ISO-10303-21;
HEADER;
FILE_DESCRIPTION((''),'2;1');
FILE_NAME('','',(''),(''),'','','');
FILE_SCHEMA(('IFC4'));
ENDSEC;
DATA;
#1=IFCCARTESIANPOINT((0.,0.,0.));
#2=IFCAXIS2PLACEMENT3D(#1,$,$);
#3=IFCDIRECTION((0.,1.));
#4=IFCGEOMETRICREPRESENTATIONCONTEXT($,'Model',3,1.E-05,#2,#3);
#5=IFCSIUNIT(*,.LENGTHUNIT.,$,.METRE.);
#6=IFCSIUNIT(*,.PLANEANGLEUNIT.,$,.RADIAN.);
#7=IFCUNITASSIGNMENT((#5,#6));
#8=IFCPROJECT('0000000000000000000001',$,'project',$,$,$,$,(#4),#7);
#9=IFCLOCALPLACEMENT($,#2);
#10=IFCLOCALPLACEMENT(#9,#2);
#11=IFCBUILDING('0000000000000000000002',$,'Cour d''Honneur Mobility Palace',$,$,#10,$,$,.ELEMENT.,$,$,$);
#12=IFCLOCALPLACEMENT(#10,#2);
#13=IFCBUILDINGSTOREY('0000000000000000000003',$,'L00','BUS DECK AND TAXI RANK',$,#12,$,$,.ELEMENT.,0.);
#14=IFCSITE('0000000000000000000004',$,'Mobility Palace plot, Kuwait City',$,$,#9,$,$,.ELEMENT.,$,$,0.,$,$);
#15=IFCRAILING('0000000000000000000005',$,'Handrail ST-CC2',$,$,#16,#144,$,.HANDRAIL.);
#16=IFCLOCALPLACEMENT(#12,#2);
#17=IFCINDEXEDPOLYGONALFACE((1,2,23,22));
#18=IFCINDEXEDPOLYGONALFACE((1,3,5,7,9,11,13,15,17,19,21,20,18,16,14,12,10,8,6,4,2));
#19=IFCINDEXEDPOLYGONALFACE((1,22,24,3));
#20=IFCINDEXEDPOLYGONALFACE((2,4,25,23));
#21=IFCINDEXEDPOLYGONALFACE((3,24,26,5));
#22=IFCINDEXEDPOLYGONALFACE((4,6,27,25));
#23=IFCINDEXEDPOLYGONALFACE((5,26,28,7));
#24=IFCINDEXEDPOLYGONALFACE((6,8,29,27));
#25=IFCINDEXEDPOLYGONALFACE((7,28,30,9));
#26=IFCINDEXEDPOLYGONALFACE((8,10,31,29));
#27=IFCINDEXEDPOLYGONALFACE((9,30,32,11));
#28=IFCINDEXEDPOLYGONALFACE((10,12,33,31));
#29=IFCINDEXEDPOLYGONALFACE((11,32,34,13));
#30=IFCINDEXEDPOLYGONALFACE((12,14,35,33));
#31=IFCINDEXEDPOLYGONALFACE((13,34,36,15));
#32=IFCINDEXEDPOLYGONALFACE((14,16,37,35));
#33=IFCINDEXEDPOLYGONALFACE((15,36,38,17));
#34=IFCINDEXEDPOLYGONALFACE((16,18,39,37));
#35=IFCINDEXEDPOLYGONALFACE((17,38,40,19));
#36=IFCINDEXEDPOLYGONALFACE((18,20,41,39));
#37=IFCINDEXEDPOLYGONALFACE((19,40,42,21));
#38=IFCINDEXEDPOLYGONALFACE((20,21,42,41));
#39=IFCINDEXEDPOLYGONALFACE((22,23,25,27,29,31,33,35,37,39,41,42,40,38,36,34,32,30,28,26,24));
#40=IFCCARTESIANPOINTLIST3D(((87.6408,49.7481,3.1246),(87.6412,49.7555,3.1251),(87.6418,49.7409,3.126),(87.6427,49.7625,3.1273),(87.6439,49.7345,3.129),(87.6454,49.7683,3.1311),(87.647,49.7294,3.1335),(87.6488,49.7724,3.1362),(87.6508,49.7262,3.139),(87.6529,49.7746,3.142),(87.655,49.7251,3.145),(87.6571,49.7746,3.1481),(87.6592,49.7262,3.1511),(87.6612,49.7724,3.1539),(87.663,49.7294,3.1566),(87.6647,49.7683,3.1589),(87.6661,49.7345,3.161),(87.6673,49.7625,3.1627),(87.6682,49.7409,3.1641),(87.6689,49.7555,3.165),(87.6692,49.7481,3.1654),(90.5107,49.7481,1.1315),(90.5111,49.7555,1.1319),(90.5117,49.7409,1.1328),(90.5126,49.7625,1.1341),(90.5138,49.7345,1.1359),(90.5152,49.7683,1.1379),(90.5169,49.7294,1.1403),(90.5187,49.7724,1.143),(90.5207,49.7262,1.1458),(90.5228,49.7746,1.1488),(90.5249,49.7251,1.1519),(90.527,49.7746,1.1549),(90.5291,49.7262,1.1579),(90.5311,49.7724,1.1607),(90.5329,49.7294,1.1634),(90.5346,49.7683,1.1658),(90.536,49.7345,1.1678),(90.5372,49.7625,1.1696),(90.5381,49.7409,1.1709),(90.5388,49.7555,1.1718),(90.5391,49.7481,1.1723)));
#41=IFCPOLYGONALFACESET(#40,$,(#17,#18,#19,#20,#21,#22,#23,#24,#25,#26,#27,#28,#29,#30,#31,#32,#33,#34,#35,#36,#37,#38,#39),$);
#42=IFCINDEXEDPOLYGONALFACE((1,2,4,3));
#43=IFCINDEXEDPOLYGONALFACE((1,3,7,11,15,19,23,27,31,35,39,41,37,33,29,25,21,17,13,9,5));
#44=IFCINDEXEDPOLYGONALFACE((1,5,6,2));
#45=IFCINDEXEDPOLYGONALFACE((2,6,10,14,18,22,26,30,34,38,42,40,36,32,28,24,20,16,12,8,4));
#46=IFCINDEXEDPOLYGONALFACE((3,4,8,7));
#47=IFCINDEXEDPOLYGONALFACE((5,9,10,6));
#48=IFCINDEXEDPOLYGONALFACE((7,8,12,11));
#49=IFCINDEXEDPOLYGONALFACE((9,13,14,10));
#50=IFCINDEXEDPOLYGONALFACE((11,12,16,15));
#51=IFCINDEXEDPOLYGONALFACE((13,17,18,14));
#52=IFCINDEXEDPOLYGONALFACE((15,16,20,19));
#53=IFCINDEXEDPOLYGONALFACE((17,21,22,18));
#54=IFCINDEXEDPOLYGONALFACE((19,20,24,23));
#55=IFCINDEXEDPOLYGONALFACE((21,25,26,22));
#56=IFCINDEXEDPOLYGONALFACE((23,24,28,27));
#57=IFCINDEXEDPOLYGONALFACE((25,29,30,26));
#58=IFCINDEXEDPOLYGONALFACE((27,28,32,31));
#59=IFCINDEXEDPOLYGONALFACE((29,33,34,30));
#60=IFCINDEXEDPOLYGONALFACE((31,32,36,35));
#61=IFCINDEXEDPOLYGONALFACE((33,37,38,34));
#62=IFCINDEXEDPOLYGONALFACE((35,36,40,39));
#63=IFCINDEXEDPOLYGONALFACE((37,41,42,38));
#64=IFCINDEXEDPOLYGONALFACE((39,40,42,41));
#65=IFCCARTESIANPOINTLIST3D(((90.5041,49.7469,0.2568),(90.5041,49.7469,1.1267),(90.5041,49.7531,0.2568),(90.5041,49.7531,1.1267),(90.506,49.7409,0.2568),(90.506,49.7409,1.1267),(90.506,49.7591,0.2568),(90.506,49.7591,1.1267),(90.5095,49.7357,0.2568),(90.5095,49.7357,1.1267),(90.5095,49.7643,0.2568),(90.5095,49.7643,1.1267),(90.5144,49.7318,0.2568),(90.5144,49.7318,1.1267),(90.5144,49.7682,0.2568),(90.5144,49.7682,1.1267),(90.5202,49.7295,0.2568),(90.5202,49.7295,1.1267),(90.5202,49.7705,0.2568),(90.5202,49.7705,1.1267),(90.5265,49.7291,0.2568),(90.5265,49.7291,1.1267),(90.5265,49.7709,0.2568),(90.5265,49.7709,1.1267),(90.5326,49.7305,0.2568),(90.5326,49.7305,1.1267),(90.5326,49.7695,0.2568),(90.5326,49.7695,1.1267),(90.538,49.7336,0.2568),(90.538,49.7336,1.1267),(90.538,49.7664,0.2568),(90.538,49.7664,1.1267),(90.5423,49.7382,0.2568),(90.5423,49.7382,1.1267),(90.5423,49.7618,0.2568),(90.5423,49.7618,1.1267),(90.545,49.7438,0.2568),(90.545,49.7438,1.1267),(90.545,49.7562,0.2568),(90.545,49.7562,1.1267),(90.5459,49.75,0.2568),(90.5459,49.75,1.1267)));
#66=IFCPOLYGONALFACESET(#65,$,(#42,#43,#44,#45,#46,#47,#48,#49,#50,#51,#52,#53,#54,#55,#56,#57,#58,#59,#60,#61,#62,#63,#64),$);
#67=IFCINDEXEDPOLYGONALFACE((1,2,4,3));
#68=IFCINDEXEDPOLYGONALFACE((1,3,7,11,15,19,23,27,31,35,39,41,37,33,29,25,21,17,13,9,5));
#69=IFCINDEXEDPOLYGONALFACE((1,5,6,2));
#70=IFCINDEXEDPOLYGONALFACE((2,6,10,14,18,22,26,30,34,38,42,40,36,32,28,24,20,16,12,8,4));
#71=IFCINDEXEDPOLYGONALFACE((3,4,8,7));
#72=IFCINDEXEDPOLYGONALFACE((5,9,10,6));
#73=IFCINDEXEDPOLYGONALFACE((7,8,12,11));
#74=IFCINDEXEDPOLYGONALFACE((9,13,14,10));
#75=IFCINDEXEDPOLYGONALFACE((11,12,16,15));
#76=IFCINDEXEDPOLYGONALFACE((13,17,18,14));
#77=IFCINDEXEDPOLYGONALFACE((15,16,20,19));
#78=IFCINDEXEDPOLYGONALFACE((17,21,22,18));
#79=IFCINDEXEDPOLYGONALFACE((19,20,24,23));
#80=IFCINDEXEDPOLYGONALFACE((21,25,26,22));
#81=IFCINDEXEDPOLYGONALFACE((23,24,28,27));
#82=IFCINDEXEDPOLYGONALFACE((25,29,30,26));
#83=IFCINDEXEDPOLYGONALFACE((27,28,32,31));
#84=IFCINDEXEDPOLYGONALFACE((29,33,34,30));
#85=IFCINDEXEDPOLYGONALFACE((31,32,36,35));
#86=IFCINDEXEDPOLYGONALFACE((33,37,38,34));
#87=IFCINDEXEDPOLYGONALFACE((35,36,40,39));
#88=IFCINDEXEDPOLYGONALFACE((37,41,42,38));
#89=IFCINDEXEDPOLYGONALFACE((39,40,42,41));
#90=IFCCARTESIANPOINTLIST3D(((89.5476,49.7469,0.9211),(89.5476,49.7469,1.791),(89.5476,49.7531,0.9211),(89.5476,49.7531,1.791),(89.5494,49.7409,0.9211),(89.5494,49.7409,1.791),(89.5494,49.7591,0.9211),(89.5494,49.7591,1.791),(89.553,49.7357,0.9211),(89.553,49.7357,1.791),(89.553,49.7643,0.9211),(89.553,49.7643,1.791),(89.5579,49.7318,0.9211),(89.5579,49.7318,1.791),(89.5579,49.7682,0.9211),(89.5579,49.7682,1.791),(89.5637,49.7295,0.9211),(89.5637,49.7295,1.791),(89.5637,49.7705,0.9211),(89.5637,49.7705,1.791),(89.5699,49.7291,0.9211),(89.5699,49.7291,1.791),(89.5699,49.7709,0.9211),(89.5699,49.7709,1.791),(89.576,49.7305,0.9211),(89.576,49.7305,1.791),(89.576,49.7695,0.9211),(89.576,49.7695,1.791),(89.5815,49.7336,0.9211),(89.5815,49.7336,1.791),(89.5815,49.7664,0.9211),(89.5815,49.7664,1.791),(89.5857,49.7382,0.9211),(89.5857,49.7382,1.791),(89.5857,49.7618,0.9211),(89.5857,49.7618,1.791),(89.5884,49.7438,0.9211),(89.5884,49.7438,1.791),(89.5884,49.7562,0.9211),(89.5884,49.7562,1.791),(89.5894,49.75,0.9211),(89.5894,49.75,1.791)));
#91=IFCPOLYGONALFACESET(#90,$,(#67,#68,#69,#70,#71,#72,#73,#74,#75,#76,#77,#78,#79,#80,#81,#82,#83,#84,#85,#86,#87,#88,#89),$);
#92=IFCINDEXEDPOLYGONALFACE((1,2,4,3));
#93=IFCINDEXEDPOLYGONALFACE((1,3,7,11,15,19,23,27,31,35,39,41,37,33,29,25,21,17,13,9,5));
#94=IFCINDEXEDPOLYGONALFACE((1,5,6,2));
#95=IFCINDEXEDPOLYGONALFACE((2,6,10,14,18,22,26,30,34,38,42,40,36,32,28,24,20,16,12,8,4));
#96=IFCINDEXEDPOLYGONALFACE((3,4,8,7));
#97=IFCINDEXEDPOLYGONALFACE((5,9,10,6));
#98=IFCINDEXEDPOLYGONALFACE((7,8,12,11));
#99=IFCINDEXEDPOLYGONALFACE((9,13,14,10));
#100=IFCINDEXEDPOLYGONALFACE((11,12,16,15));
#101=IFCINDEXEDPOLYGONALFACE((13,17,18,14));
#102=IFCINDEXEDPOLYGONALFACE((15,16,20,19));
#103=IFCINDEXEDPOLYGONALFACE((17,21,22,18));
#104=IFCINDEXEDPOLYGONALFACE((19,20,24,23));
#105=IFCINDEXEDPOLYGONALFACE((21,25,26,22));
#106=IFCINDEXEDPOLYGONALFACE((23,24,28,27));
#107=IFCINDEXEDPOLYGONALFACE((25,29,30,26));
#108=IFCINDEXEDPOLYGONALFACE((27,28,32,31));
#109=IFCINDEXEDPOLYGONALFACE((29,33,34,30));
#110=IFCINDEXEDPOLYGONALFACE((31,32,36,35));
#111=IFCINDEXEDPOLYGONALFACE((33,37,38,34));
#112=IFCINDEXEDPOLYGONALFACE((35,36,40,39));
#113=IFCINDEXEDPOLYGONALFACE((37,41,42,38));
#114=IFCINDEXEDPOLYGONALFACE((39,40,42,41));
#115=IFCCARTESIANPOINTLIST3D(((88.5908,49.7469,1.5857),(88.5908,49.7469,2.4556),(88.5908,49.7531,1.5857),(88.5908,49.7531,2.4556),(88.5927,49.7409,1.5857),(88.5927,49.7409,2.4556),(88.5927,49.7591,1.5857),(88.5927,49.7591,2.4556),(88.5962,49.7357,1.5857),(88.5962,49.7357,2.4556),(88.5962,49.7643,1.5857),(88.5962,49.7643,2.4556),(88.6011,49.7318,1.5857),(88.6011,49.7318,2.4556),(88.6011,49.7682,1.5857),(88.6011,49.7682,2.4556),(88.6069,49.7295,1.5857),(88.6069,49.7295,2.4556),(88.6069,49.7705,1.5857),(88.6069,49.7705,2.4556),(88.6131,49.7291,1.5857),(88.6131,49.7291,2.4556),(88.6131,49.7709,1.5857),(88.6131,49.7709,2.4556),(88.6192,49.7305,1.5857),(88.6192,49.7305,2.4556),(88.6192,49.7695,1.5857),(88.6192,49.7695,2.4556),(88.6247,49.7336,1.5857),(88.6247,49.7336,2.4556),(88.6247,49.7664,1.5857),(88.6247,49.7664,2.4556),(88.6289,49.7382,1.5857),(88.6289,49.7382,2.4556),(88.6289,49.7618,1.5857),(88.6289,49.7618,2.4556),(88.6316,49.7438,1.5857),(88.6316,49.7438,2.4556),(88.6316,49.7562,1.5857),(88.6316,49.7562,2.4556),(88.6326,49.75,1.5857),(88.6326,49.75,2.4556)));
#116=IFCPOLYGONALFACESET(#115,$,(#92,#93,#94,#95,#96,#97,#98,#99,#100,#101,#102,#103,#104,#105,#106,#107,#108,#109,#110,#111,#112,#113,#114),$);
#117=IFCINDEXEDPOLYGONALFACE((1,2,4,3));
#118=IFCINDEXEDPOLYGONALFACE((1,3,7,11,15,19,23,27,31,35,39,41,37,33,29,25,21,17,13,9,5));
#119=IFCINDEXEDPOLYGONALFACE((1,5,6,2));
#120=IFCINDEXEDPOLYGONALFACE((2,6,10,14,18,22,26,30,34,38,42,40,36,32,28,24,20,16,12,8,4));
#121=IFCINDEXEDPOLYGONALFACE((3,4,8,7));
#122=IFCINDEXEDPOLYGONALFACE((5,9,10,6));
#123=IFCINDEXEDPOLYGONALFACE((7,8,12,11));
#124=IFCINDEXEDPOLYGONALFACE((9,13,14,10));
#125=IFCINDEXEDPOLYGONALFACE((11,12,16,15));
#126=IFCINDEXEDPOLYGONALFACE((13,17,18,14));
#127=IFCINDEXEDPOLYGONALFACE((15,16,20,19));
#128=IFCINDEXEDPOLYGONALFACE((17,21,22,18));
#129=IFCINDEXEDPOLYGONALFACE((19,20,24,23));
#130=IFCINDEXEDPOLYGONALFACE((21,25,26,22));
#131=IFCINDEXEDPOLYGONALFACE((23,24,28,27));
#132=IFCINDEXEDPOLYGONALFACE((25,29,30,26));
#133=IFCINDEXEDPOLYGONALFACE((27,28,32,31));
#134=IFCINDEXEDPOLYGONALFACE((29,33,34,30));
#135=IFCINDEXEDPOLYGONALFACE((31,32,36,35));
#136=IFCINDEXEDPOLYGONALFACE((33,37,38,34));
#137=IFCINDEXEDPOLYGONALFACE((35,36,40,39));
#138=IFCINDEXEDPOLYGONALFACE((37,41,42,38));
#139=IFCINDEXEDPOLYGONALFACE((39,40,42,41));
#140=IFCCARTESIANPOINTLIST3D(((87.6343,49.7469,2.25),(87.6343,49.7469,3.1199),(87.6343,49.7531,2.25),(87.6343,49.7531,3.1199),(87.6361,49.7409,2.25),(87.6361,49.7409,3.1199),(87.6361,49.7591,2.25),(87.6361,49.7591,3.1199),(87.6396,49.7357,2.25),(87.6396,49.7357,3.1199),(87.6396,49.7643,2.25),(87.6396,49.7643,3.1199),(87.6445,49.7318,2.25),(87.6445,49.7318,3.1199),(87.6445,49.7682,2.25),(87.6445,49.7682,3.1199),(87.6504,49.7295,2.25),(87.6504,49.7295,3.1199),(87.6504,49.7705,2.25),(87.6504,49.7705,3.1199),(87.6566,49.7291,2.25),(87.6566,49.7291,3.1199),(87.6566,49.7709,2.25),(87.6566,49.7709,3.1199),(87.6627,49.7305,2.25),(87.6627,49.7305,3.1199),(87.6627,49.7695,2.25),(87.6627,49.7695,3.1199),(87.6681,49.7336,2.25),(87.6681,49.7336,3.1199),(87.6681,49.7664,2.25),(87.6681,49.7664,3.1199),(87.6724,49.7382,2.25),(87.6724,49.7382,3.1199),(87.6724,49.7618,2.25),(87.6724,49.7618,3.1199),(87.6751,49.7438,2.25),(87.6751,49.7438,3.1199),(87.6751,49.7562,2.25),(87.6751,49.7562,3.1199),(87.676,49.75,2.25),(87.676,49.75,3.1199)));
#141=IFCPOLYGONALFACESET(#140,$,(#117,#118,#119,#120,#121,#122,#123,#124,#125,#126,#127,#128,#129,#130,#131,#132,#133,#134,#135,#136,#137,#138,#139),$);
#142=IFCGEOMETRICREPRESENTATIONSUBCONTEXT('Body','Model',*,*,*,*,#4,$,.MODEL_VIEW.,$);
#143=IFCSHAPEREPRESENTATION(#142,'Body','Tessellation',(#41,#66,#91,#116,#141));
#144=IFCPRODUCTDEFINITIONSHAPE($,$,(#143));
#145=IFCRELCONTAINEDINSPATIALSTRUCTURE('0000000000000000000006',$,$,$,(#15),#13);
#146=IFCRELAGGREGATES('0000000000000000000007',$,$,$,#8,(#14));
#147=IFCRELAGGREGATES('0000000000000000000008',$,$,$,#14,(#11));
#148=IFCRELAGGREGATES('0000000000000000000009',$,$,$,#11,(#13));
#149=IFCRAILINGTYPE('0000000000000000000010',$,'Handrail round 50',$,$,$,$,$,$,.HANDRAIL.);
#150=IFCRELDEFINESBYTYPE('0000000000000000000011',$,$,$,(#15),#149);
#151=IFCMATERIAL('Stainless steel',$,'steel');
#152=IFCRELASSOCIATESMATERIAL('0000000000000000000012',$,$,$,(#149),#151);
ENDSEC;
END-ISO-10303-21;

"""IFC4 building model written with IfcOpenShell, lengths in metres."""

from ifc_helpers import new_model, si_unit, direction, frame, origin, origin_2d, place, context, subcontext, project, spatial, circle, extrude, material, type_object, element, save


model = new_model("IFC4")

# Units and contexts
model_context = context("Model", 3, precision=1e-05, world=origin(), true_north=direction((0.0, 1.0)))
body_context = subcontext(model_context, "Body", "Model", "MODEL_VIEW")
ifc_project = project(units=[si_unit("LENGTHUNIT", "METRE"), si_unit("PLANEANGLEUNIT", "RADIAN")], contexts=[model_context])

# Site, building, storey
site_placement = place(None, origin())
site = spatial("IfcSite", under=ifc_project, at=site_placement, Name="Mobility Palace plot, Kuwait City", CompositionType="ELEMENT", RefElevation=0.0)
building_placement = place(site_placement, origin())
building = spatial("IfcBuilding", under=site, at=building_placement, Name="Cour d'Honneur Mobility Palace", CompositionType="ELEMENT")
storey_placement = place(building_placement, origin())
storey = spatial("IfcBuildingStorey", under=building, at=storey_placement, Name="L00", Description="BUS DECK AND TAXI RANK", CompositionType="ELEMENT", Elevation=0.0)

# Railing
ifc_material_1 = material(Name="Stainless steel", Category="steel")
railing_type_1 = type_object("IfcRailingType", Name="Handrail round 50", PredefinedType="HANDRAIL", material=ifc_material_1)
railing_1_placement = place(storey_placement, frame((90.5249, 49.75, 0.2568)))
element("IfcRailing", 1, at=railing_1_placement, inside=storey, type_object=railing_type_1, Name="Handrail ST-CC2", PredefinedType="HANDRAIL", context=body_context, shape_type="SweptSolid", body=[
    extrude(circle(Radius=0.0249, at=origin_2d()), frame((0.0, 0.0, 0.895), z_axis=(-0.821344, 0.0, 0.570434), x_axis=(0.0, -1.0, 0.0)), (0.0, 0.0, 1.0), 3.4941),
    extrude(circle(Radius=0.021, at=origin_2d()), origin(), (0.0, 0.0, 1.0), 0.8699),
    extrude(circle(Radius=0.021, at=origin_2d()), frame((-0.9565, 0.0, 0.6643)), (0.0, 0.0, 1.0), 0.8699),
    extrude(circle(Radius=0.021, at=origin_2d()), frame((-1.9133, 0.0, 1.3289)), (0.0, 0.0, 1.0), 0.8699),
    extrude(circle(Radius=0.021, at=origin_2d()), frame((-2.8699, 0.0, 1.9932)), (0.0, 0.0, 1.0), 0.8699),
])

save(model, "model.ifc")
